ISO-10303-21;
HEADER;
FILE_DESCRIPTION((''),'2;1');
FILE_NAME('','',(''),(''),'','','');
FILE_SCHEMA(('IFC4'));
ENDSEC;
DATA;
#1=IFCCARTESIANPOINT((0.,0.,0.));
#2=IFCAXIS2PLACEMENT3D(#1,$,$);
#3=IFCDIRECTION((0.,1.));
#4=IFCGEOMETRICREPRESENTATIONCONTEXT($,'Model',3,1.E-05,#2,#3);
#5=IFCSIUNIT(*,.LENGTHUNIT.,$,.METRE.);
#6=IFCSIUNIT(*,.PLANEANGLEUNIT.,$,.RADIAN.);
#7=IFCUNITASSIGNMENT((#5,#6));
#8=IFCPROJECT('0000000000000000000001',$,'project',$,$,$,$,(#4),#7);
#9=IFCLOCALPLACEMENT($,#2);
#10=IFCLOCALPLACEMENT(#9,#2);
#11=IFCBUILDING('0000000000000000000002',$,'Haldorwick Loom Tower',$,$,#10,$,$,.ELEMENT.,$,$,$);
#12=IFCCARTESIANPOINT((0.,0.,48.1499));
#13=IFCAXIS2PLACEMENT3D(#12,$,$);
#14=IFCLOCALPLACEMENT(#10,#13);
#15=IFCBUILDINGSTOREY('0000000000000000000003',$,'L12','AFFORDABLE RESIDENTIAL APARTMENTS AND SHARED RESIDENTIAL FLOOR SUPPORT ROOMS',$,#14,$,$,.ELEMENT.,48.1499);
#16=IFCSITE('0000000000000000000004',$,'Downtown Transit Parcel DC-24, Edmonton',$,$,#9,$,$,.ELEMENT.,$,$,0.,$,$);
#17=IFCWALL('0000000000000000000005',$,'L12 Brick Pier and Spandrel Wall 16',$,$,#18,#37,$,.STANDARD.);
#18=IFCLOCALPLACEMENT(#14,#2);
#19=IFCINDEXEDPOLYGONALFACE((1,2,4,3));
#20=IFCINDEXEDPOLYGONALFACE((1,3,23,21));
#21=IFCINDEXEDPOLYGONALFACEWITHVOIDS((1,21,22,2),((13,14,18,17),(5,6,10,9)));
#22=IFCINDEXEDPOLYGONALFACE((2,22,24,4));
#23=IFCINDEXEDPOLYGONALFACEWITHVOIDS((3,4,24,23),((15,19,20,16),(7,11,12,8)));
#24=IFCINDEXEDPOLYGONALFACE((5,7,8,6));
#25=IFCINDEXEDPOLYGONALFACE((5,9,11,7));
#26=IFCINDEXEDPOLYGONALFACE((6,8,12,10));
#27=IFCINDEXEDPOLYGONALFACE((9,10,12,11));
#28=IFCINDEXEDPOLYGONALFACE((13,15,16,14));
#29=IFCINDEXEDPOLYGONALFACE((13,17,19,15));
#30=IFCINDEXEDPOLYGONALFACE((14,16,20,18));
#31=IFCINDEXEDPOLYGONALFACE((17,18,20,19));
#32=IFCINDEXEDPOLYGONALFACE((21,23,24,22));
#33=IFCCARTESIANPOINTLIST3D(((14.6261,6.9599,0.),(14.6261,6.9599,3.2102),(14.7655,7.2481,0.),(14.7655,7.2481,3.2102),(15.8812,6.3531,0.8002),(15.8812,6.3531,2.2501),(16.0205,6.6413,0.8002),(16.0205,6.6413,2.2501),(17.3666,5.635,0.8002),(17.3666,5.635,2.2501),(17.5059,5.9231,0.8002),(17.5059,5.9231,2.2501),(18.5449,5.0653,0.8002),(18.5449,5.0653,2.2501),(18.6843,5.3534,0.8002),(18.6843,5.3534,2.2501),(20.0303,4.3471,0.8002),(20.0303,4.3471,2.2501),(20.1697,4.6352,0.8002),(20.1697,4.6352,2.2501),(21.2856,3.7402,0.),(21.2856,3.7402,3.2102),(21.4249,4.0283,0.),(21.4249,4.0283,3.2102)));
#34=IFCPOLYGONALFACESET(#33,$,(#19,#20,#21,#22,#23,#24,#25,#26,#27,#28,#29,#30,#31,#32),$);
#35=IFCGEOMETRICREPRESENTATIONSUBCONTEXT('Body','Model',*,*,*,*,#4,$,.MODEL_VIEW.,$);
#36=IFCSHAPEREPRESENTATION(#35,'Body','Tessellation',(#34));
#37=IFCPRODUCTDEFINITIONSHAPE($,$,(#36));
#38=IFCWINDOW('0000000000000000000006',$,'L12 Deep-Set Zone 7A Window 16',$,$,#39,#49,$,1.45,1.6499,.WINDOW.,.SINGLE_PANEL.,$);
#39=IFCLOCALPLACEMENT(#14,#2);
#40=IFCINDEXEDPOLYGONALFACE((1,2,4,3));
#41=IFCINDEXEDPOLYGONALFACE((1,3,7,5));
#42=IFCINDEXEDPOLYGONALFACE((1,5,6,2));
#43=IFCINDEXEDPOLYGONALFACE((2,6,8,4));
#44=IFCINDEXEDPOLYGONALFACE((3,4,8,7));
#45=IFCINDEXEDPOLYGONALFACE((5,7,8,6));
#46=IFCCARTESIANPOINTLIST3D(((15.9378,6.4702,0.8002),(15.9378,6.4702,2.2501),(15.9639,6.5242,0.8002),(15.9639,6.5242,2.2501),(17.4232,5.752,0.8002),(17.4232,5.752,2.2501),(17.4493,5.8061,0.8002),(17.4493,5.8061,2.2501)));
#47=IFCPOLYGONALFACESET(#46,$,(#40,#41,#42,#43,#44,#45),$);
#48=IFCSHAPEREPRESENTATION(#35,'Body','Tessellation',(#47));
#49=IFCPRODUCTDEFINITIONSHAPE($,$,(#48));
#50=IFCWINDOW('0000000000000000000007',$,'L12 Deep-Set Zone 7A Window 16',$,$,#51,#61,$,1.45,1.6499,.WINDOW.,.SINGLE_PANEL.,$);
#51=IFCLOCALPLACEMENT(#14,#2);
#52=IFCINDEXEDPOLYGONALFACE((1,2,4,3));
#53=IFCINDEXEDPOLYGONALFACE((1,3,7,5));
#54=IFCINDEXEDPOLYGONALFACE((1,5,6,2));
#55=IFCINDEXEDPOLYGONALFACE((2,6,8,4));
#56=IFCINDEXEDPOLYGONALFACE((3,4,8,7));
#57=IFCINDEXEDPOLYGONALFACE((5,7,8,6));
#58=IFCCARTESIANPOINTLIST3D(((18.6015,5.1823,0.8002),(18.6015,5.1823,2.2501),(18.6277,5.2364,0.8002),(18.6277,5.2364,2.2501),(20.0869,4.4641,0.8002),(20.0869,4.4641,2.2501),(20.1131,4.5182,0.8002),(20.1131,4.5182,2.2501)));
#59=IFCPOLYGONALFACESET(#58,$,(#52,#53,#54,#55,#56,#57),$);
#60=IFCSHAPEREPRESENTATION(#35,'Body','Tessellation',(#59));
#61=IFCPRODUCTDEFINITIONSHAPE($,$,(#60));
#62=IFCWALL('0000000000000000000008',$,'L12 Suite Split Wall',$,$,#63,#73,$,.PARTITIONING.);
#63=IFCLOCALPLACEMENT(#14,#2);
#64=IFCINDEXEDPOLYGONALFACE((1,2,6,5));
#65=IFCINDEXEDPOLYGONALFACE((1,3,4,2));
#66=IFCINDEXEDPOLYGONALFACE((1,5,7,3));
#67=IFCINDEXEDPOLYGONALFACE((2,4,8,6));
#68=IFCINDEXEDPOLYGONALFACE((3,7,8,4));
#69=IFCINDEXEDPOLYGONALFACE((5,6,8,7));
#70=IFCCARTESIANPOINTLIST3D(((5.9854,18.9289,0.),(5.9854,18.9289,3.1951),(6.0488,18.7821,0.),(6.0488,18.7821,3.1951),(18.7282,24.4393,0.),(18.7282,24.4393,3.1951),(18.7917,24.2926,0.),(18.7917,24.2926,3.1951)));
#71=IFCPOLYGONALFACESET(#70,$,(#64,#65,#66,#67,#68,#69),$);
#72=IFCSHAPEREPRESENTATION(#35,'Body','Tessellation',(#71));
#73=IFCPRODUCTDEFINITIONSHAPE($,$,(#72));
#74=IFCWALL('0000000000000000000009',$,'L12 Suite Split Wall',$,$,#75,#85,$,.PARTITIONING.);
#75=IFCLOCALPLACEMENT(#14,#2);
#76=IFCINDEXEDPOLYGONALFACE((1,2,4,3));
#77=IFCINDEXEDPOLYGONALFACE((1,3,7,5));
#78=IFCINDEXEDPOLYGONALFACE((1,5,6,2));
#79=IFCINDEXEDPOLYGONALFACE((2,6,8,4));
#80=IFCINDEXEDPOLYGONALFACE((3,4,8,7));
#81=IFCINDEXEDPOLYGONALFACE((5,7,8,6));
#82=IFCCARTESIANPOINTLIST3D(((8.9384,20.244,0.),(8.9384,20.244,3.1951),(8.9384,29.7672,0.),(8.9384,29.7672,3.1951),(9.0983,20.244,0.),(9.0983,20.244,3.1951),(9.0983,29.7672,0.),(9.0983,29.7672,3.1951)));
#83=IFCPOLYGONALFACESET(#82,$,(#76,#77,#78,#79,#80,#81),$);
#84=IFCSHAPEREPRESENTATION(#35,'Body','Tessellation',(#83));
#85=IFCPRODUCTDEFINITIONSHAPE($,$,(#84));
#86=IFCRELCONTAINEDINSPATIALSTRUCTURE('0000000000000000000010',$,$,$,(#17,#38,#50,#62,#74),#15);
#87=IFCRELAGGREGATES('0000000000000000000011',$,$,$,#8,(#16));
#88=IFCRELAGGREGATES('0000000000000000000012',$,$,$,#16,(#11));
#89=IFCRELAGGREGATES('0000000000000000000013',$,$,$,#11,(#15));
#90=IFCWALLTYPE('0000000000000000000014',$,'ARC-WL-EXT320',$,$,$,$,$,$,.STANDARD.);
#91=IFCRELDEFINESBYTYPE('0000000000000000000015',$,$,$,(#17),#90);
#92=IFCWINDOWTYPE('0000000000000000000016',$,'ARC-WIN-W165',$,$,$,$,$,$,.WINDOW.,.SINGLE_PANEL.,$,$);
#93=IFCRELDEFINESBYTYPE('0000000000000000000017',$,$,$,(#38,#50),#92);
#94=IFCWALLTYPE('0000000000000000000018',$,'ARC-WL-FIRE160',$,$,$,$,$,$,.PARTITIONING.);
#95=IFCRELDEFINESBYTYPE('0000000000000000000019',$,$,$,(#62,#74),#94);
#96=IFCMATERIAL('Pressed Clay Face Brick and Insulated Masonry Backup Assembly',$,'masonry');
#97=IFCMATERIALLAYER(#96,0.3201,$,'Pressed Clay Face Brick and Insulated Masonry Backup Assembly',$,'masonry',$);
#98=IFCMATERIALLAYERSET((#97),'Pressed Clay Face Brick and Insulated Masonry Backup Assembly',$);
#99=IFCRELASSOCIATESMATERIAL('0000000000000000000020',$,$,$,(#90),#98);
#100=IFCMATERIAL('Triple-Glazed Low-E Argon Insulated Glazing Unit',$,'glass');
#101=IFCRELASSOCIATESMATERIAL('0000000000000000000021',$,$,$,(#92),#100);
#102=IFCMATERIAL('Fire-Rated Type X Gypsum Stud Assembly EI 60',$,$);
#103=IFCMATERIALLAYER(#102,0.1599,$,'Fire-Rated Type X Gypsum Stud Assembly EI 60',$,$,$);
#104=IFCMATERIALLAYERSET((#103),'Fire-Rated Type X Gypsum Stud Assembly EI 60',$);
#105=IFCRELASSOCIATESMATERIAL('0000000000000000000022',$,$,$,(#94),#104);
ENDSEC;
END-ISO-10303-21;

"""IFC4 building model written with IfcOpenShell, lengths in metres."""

from ifc_helpers import new_model, si_unit, direction, frame, frame_2d, origin, place, context, subcontext, project, spatial, rectangle, extrude, material, layer, layer_set, type_object, element, fill, save


model = new_model("IFC4")

# Units and contexts
model_context = context("Model", 3, precision=1e-05, world=origin(), true_north=direction((0.0, 1.0)))
body_context = subcontext(model_context, "Body", "Model", "MODEL_VIEW")
ifc_project = project(units=[si_unit("LENGTHUNIT", "METRE"), si_unit("PLANEANGLEUNIT", "RADIAN")], contexts=[model_context])

# Site, building, storey
site_placement = place(None, origin())
site = spatial("IfcSite", under=ifc_project, at=site_placement, Name="Downtown Transit Parcel DC-24, Edmonton", CompositionType="ELEMENT", RefElevation=0.0)
building_placement = place(site_placement, origin())
building = spatial("IfcBuilding", under=site, at=building_placement, Name="Haldorwick Loom Tower", CompositionType="ELEMENT")
storey_placement = place(building_placement, frame((0.0, 0.0, 48.1499)))
storey = spatial("IfcBuildingStorey", under=building, at=storey_placement, Name="L12", Description="AFFORDABLE RESIDENTIAL APARTMENTS AND SHARED RESIDENTIAL FLOOR SUPPORT ROOMS", CompositionType="ELEMENT", Elevation=48.1499)

# Shared definitions
ifc_material_1 = material(Name="Pressed Clay Face Brick and Insulated Masonry Backup Assembly", Category="masonry")
ifc_layer_1 = layer(ifc_material_1, 0.3201, Name="Pressed Clay Face Brick and Insulated Masonry Backup Assembly", Category="masonry")
ifc_layer_set_1 = layer_set([ifc_layer_1], Name="Pressed Clay Face Brick and Insulated Masonry Backup Assembly")
wall_type_1 = type_object("IfcWallType", Name="ARC-WL-EXT320", PredefinedType="STANDARD", material=ifc_layer_set_1)

# Wall, openings, windows
wall_1_placement = place(storey_placement, frame((14.6958, 7.104, 0.0), z_axis=(0.0, 0.0, 1.0), x_axis=(0.900296, -0.435279, 0.0)))
wall_1 = element("IfcWall", 1, at=wall_1_placement, inside=storey, type_object=wall_type_1, Name="L12 Brick Pier and Spandrel Wall 16", PredefinedType="STANDARD", context=body_context, shape_type="SweptSolid", body=[
    extrude(rectangle(XDim=7.397, YDim=0.3201, at=frame_2d((3.6985, 0.0))), origin(), (0.0, 0.0, 1.0), 3.2102),
])
opening_1_placement = place(wall_1_placement, frame((1.394, 0.0, 0.8)))
opening_1 = element("IfcOpeningElement", 2, at=opening_1_placement, cuts=wall_1, PredefinedType="OPENING", context=body_context, shape_type="SweptSolid", body=[
    extrude(rectangle(XDim=1.6499, YDim=1.45, at=frame_2d((0.825, 0.7251))), frame((0.0, 0.1699, 0.0), z_axis=(0.0, -1.0, 0.0), x_axis=(1.0, 0.0, 0.0)), (0.0, 0.0, 1.0), 0.3401),
])
opening_2_placement = place(wall_1_placement, frame((4.3528, 0.0, 0.8)))
opening_2 = element("IfcOpeningElement", 3, at=opening_2_placement, cuts=wall_1, PredefinedType="OPENING", context=body_context, shape_type="SweptSolid", body=[
    extrude(rectangle(XDim=1.6499, YDim=1.45, at=frame_2d((0.825, 0.7251))), frame((0.0, 0.1699, 0.0), z_axis=(0.0, -1.0, 0.0), x_axis=(1.0, 0.0, 0.0)), (0.0, 0.0, 1.0), 0.3401),
])
ifc_material_2 = material(Name="Triple-Glazed Low-E Argon Insulated Glazing Unit", Category="glass")
window_type = type_object("IfcWindowType", Name="ARC-WIN-W165", PartitioningType="SINGLE_PANEL", PredefinedType="WINDOW", material=ifc_material_2)
window_1_placement = place(opening_1_placement, origin())
window_1 = element("IfcWindow", 4, at=window_1_placement, inside=storey, type_object=window_type, Name="L12 Deep-Set Zone 7A Window 16", OverallHeight=1.45, OverallWidth=1.6499, PartitioningType="SINGLE_PANEL", PredefinedType="WINDOW", context=body_context, shape_type="SweptSolid", body=[
    extrude(rectangle(XDim=1.6499, YDim=1.45, at=frame_2d((0.825, 0.7251))), frame((0.0, 0.03, 0.0), z_axis=(0.0, -1.0, 0.0), x_axis=(1.0, 0.0, 0.0)), (0.0, 0.0, 1.0), 0.0601),
])
fill(opening_1, window_1)
window_2_placement = place(opening_2_placement, origin())
window_2 = element("IfcWindow", 5, at=window_2_placement, inside=storey, type_object=window_type, Name="L12 Deep-Set Zone 7A Window 16", OverallHeight=1.45, OverallWidth=1.6499, PartitioningType="SINGLE_PANEL", PredefinedType="WINDOW", context=body_context, shape_type="SweptSolid", body=[
    extrude(rectangle(XDim=1.6499, YDim=1.45, at=frame_2d((0.825, 0.7251))), frame((0.0, 0.03, 0.0), z_axis=(0.0, -1.0, 0.0), x_axis=(1.0, 0.0, 0.0)), (0.0, 0.0, 1.0), 0.0601),
])
fill(opening_2, window_2)

# Walls
ifc_material_3 = material(Name="Fire-Rated Type X Gypsum Stud Assembly EI 60")
ifc_layer_2 = layer(ifc_material_3, 0.1599, Name="Fire-Rated Type X Gypsum Stud Assembly EI 60")
ifc_layer_set_2 = layer_set([ifc_layer_2], Name="Fire-Rated Type X Gypsum Stud Assembly EI 60")
wall_type_2 = type_object("IfcWallType", Name="ARC-WL-FIRE160", PredefinedType="PARTITIONING", material=ifc_layer_set_2)
wall_2_placement = place(storey_placement, frame((6.0171, 18.8555, 0.0), z_axis=(0.0, 0.0, 1.0), x_axis=(0.917856, 0.396914, 0.0)))
element("IfcWall", 6, at=wall_2_placement, inside=storey, type_object=wall_type_2, Name="L12 Suite Split Wall", PredefinedType="PARTITIONING", context=body_context, shape_type="SweptSolid", body=[
    extrude(rectangle(XDim=13.8833, YDim=0.1599, at=frame_2d((6.9417, 0.0))), origin(), (0.0, 0.0, 1.0), 3.1951),
])
wall_3_placement = place(storey_placement, frame((9.0183, 20.2439, 0.0), z_axis=(0.0, 0.0, 1.0), x_axis=(0.0, 1.0, 0.0)))
element("IfcWall", 7, at=wall_3_placement, inside=storey, type_object=wall_type_2, Name="L12 Suite Split Wall", PredefinedType="PARTITIONING", context=body_context, shape_type="SweptSolid", body=[
    extrude(rectangle(XDim=9.5232, YDim=0.1599, at=frame_2d((4.7617, 0.0))), origin(), (0.0, 0.0, 1.0), 3.1951),
])

save(model, "model.ifc")
